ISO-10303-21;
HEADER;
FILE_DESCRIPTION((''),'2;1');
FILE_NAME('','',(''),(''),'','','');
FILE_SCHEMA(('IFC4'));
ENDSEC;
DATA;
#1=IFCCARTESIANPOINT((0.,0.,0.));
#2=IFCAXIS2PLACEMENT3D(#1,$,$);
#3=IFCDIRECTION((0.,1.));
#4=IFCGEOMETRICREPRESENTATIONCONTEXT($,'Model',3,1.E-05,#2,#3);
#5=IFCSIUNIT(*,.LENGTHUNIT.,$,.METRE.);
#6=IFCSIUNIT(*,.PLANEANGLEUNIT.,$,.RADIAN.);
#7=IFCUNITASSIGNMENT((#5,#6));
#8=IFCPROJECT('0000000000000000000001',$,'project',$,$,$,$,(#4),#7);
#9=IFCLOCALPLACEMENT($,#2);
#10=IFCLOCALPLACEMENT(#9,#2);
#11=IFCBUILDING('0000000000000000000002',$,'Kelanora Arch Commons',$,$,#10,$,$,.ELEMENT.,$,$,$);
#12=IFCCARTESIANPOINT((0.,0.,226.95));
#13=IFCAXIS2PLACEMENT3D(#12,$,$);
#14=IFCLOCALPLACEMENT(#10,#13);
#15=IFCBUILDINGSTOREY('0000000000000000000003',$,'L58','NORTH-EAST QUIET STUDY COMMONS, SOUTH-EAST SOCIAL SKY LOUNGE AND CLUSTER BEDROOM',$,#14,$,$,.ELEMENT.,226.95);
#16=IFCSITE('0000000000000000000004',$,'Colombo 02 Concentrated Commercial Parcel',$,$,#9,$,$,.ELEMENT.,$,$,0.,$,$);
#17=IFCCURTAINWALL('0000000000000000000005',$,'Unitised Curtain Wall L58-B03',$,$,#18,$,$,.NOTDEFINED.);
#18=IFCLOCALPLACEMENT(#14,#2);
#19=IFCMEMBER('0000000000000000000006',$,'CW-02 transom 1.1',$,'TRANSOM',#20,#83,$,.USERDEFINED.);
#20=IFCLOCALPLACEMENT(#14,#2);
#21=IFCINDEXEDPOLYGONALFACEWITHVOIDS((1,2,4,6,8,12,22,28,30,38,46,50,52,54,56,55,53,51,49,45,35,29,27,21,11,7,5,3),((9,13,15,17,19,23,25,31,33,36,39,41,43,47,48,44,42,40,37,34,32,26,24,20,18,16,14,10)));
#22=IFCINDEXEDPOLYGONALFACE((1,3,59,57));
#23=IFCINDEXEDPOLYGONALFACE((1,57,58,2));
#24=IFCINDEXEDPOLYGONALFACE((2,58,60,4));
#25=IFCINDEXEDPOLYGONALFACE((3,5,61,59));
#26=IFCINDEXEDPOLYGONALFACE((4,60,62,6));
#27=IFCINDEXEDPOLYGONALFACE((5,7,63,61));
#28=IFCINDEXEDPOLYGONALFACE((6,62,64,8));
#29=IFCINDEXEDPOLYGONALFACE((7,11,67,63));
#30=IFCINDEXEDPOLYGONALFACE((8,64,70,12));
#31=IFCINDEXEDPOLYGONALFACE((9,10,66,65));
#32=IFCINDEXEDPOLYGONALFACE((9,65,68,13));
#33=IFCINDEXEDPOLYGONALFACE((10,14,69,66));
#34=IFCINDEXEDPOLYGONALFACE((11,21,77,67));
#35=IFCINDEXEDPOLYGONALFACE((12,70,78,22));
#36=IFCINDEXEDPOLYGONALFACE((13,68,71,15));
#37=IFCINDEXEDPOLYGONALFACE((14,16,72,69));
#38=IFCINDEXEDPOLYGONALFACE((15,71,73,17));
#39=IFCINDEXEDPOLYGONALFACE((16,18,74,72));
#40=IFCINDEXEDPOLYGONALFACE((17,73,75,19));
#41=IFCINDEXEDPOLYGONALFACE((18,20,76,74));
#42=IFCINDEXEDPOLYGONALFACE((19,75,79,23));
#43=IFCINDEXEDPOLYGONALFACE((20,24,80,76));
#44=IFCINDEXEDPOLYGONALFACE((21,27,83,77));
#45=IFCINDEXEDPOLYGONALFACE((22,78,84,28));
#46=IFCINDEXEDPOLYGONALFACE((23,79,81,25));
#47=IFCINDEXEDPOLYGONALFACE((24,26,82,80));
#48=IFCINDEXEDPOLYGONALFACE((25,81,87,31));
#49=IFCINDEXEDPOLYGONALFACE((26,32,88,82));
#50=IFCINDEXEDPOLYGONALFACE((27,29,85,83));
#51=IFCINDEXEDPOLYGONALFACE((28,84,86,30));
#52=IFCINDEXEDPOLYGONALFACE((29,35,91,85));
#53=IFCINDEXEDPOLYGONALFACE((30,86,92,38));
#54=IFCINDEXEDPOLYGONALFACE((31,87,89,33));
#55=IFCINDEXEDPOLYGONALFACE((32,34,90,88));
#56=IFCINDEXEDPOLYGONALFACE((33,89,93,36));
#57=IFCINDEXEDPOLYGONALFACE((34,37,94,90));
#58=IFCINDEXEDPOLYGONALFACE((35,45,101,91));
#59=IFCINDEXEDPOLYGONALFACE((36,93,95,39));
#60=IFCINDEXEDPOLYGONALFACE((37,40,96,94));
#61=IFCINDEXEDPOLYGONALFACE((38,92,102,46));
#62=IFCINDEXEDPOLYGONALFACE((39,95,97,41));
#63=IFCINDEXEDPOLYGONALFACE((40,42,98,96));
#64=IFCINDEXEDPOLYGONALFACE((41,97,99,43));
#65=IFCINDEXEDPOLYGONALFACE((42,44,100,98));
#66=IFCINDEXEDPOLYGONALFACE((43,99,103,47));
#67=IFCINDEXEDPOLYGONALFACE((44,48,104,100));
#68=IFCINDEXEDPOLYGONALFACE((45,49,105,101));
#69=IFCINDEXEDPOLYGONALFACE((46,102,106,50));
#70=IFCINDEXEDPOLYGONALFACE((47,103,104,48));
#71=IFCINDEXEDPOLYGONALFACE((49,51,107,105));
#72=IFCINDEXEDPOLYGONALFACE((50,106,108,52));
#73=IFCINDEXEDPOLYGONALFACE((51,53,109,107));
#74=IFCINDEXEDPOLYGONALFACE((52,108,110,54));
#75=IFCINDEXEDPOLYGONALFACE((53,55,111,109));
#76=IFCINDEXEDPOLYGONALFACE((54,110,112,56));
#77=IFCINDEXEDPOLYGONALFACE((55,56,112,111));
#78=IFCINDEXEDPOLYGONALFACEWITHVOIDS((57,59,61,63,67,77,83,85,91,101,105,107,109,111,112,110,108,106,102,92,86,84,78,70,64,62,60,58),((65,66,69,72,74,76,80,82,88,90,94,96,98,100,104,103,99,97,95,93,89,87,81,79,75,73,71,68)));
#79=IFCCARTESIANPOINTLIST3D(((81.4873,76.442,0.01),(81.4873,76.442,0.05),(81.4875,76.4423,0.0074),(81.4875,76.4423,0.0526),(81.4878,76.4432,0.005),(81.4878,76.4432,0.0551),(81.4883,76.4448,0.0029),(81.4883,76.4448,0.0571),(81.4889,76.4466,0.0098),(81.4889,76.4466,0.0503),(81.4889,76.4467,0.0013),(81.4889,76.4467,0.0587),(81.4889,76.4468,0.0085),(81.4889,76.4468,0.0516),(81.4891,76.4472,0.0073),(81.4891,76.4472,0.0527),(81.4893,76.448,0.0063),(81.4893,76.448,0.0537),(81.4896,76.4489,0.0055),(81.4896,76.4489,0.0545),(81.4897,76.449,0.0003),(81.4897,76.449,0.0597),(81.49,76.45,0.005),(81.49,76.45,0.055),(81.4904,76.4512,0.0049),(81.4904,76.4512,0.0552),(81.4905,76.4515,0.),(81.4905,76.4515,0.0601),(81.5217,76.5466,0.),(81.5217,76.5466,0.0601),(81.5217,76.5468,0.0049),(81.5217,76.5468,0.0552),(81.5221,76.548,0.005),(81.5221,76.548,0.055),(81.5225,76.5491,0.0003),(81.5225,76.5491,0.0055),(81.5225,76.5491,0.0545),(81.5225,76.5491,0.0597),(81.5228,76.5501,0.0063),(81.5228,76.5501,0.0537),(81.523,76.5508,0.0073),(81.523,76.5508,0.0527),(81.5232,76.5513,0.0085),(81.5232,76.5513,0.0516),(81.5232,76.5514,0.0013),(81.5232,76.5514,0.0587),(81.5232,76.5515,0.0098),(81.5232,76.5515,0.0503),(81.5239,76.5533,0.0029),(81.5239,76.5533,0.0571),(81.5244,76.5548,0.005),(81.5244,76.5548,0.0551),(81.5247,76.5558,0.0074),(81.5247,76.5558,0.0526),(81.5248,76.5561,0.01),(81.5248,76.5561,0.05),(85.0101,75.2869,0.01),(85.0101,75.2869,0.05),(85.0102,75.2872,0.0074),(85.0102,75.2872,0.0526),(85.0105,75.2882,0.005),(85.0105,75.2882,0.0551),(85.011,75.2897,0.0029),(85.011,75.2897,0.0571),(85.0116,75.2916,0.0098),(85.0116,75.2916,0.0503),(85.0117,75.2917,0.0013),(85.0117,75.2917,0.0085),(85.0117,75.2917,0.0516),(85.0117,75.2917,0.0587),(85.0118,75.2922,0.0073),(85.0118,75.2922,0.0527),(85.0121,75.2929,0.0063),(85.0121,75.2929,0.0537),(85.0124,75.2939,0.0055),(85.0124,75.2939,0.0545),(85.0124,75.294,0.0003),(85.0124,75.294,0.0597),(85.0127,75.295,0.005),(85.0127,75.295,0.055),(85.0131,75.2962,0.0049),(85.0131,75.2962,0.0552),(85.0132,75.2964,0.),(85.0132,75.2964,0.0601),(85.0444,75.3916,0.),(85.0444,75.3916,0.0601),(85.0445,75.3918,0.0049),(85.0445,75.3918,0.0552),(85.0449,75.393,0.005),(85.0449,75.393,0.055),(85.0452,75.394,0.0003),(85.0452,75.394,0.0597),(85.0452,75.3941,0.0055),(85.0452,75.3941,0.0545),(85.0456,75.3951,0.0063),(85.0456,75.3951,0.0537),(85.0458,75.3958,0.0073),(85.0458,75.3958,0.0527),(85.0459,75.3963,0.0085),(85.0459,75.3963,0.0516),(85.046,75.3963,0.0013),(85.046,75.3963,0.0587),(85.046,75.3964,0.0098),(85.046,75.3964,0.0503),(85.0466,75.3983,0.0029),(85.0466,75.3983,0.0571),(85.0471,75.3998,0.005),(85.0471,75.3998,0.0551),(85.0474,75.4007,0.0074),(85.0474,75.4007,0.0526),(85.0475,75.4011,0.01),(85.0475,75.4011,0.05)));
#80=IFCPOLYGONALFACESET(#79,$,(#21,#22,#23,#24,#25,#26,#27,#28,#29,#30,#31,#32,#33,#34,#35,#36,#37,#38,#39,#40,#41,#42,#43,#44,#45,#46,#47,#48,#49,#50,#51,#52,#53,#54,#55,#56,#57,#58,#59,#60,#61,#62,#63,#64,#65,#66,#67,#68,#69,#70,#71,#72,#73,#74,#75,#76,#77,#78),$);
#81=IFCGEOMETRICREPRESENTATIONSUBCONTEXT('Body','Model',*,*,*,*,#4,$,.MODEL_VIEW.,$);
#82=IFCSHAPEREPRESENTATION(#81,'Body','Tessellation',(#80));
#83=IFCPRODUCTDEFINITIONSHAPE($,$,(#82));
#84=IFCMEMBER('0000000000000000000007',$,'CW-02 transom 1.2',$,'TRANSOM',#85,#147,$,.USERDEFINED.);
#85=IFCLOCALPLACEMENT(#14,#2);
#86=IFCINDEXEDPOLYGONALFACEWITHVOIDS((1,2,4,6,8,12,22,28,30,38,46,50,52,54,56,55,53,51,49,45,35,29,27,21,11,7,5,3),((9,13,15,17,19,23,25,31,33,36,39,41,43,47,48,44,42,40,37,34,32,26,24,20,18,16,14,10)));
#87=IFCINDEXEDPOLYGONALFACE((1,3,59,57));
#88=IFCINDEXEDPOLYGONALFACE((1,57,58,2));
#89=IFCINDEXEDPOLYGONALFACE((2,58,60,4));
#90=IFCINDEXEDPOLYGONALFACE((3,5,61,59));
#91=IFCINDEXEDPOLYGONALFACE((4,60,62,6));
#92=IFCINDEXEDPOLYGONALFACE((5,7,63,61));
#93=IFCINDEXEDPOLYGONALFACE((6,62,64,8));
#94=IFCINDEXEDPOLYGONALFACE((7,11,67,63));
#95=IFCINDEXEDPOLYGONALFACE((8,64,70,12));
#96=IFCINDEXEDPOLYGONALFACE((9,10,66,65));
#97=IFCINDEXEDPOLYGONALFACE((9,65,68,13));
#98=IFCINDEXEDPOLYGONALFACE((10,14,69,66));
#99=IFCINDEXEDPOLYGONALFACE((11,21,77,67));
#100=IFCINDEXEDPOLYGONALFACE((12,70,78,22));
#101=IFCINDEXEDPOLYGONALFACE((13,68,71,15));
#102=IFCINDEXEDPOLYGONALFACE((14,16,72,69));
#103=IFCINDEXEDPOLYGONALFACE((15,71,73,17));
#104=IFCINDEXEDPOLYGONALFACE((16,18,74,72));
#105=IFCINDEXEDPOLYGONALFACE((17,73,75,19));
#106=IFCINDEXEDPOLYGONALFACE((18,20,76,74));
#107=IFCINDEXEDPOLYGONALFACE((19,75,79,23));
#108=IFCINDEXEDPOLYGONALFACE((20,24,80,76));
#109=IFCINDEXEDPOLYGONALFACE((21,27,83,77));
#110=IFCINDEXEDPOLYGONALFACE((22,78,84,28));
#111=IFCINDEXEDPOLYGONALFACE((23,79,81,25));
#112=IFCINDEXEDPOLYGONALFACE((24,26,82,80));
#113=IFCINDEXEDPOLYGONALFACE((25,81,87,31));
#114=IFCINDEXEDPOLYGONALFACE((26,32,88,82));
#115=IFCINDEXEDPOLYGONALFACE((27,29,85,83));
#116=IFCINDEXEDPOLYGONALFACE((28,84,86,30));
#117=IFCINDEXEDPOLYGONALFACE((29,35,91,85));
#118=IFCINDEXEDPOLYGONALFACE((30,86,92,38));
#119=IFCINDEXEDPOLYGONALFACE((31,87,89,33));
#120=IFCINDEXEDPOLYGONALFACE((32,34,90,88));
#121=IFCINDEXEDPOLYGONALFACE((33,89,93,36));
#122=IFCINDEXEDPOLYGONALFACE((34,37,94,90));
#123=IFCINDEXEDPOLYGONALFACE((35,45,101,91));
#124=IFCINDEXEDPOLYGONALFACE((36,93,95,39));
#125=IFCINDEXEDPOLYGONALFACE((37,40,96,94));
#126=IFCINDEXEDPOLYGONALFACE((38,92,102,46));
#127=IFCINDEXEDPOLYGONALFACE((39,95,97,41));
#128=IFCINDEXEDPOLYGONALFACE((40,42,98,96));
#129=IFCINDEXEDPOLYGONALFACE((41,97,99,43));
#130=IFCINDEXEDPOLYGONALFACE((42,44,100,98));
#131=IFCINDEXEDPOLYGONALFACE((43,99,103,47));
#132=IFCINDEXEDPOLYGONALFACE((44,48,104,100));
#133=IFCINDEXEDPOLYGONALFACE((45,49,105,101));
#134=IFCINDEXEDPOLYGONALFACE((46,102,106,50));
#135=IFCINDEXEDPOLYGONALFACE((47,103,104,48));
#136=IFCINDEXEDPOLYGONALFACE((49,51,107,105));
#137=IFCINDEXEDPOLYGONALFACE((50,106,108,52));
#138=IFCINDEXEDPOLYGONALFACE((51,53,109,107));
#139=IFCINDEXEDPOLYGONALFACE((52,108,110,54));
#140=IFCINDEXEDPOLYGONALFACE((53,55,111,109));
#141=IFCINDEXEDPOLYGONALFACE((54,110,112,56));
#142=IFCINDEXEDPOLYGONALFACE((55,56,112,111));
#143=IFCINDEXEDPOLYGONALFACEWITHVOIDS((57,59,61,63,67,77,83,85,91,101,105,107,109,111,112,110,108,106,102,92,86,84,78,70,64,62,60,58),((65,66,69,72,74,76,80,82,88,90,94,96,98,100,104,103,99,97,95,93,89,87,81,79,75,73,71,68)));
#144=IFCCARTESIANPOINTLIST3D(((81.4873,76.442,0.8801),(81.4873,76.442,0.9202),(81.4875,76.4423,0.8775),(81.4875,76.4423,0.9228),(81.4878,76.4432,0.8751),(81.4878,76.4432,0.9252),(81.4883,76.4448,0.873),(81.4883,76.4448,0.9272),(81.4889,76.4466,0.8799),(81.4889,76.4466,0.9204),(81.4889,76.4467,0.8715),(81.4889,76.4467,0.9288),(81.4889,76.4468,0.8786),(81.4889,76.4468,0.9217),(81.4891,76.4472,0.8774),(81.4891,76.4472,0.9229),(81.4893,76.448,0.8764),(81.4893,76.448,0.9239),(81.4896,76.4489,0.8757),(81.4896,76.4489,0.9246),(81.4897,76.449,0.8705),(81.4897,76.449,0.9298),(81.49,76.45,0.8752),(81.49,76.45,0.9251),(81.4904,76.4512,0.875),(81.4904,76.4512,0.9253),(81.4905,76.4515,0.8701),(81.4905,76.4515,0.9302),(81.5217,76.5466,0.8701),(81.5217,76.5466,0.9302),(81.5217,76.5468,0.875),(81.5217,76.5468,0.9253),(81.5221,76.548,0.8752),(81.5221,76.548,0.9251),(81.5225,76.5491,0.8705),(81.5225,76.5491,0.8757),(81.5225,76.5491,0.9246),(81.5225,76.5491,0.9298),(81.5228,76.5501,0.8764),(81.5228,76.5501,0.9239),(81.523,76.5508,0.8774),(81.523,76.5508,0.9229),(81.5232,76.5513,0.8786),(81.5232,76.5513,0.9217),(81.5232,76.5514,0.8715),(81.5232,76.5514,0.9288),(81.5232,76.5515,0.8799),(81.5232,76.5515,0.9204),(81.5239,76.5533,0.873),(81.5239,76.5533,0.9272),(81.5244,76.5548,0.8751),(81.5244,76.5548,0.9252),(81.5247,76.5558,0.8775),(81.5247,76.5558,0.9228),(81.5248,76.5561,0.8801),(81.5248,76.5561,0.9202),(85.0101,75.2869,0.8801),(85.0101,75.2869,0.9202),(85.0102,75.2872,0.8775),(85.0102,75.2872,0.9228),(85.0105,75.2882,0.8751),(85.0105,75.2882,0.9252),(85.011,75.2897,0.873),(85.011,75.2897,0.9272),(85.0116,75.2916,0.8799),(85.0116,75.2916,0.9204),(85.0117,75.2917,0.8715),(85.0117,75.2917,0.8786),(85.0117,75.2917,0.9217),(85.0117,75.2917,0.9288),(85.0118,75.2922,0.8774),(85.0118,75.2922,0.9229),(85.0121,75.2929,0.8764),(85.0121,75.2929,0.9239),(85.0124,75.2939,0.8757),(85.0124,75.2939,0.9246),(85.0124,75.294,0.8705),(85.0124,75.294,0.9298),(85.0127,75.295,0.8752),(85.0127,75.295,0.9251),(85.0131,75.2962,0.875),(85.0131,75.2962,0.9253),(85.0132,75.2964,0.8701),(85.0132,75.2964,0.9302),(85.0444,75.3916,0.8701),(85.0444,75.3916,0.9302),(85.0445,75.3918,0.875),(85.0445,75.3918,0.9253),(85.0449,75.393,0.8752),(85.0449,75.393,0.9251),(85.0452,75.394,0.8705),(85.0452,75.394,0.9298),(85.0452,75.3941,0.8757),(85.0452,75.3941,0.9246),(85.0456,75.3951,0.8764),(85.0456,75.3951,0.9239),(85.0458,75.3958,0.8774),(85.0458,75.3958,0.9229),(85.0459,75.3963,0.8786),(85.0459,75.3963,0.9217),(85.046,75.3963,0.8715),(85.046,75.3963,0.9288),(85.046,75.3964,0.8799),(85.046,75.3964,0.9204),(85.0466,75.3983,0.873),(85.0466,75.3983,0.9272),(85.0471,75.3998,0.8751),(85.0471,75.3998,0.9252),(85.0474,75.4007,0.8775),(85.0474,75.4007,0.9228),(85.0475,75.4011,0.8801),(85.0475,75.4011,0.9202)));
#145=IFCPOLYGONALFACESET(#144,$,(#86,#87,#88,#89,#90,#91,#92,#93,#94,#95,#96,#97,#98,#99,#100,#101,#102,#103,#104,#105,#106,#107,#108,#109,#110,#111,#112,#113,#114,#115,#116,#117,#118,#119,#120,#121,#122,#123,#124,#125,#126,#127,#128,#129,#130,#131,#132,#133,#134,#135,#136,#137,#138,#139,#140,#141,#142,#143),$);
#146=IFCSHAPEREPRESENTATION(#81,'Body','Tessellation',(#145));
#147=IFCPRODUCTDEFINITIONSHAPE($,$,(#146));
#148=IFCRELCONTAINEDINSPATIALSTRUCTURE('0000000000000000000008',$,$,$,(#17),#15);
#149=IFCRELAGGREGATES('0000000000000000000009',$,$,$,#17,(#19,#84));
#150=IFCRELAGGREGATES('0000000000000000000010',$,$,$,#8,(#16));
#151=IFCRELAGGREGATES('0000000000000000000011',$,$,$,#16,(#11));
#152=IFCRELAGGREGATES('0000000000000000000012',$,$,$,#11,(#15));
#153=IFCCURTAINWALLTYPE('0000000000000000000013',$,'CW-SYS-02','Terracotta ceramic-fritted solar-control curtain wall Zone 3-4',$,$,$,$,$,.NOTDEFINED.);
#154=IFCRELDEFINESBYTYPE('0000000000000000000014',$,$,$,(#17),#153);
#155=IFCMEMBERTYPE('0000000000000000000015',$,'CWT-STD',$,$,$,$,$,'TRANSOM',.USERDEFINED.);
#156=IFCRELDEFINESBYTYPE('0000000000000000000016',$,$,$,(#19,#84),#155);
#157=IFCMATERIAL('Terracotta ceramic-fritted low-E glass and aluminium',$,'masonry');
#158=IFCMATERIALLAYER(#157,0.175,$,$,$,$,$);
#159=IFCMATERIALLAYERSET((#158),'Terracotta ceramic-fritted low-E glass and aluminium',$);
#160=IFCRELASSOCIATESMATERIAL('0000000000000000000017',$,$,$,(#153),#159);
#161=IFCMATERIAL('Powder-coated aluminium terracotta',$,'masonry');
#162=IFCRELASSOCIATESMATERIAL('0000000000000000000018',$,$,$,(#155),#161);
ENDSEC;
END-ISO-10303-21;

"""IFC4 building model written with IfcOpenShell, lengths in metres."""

from ifc_helpers import new_model, si_unit, direction, frame, origin, origin_2d, place, context, subcontext, project, spatial, hollow_rectangle, extrude, material, layer, layer_set, material_profile, profile_set, type_object, element, aggregate, save


model = new_model("IFC4")

# Units and contexts
model_context = context("Model", 3, precision=1e-05, world=origin(), true_north=direction((0.0, 1.0)))
body_context = subcontext(model_context, "Body", "Model", "MODEL_VIEW")
ifc_project = project(units=[si_unit("LENGTHUNIT", "METRE"), si_unit("PLANEANGLEUNIT", "RADIAN")], contexts=[model_context])

# Site, building, storey
site_placement = place(None, origin())
site = spatial("IfcSite", under=ifc_project, at=site_placement, Name="Colombo 02 Concentrated Commercial Parcel", CompositionType="ELEMENT", RefElevation=0.0)
building_placement = place(site_placement, origin())
building = spatial("IfcBuilding", under=site, at=building_placement, Name="Kelanora Arch Commons", CompositionType="ELEMENT")
storey_placement = place(building_placement, frame((0.0, 0.0, 226.95)))
storey = spatial("IfcBuildingStorey", under=building, at=storey_placement, Name="L58", Description="NORTH-EAST QUIET STUDY COMMONS, SOUTH-EAST SOCIAL SKY LOUNGE AND CLUSTER BEDROOM", CompositionType="ELEMENT", Elevation=226.95)

# Shared definitions
ifc_material_1 = material(Name="Terracotta ceramic-fritted low-E glass and aluminium", Category="masonry")
ifc_layer_1 = layer(ifc_material_1, 0.175)
ifc_layer_set_1 = layer_set([ifc_layer_1], Name="Terracotta ceramic-fritted low-E glass and aluminium")
curtain_wall_type = type_object("IfcCurtainWallType", Name="CW-SYS-02", Description="Terracotta ceramic-fritted solar-control curtain wall Zone 3-4", PredefinedType="NOTDEFINED", material=ifc_layer_set_1)
ifc_material_2 = material(Name="Powder-coated aluminium terracotta", Category="masonry")

# Curtain wall, members
curtain_wall_1_placement = place(storey_placement, origin())
curtain_wall_1 = element("IfcCurtainWall", 1, at=curtain_wall_1_placement, inside=storey, type_object=curtain_wall_type, Name="Unitised Curtain Wall L58-B03", PredefinedType="NOTDEFINED")
ifc_material_profile_1 = material_profile(ifc_material_2, hollow_rectangle(XDim=0.1201, YDim=0.0601, WallThickness=0.0049, InnerFilletRadius=0.0049, OuterFilletRadius=0.01, at=origin_2d()), Name="CWT120x60")
ifc_profile_set_1 = profile_set([ifc_material_profile_1], Name="Powder-coated aluminium terracotta")
member_type_1 = type_object("IfcMemberType", Name="CWT-STD", ElementType="TRANSOM", PredefinedType="USERDEFINED", material=ifc_profile_set_1)
member_1_placement = place(storey_placement, frame((85.0288, 75.344, 0.03), z_axis=(-0.950226, 0.311561, 0.0), x_axis=(-0.311561, -0.950226, 0.0)))
member_1 = element("IfcMember", 2, at=member_1_placement, type_object=member_type_1, Name="CW-02 transom 1.1", ObjectType="TRANSOM", PredefinedType="USERDEFINED", context=body_context, shape_type="SweptSolid", body=[
    extrude(hollow_rectangle(XDim=0.1201, YDim=0.0601, WallThickness=0.0049, InnerFilletRadius=0.0049, OuterFilletRadius=0.01, at=origin_2d()), origin(), (0.0, 0.0, 1.0), 3.7073),
])
member_2_placement = place(storey_placement, frame((85.0288, 75.344, 0.9001), z_axis=(-0.950226, 0.311561, 0.0), x_axis=(-0.311561, -0.950226, 0.0)))
member_2 = element("IfcMember", 3, at=member_2_placement, type_object=member_type_1, Name="CW-02 transom 1.2", ObjectType="TRANSOM", PredefinedType="USERDEFINED", context=body_context, shape_type="SweptSolid", body=[
    extrude(hollow_rectangle(XDim=0.1201, YDim=0.0601, WallThickness=0.0049, InnerFilletRadius=0.0049, OuterFilletRadius=0.01, at=origin_2d()), origin(), (0.0, 0.0, 1.0), 3.7073),
])
aggregate(curtain_wall_1, [member_1, member_2])

save(model, "model.ifc")
